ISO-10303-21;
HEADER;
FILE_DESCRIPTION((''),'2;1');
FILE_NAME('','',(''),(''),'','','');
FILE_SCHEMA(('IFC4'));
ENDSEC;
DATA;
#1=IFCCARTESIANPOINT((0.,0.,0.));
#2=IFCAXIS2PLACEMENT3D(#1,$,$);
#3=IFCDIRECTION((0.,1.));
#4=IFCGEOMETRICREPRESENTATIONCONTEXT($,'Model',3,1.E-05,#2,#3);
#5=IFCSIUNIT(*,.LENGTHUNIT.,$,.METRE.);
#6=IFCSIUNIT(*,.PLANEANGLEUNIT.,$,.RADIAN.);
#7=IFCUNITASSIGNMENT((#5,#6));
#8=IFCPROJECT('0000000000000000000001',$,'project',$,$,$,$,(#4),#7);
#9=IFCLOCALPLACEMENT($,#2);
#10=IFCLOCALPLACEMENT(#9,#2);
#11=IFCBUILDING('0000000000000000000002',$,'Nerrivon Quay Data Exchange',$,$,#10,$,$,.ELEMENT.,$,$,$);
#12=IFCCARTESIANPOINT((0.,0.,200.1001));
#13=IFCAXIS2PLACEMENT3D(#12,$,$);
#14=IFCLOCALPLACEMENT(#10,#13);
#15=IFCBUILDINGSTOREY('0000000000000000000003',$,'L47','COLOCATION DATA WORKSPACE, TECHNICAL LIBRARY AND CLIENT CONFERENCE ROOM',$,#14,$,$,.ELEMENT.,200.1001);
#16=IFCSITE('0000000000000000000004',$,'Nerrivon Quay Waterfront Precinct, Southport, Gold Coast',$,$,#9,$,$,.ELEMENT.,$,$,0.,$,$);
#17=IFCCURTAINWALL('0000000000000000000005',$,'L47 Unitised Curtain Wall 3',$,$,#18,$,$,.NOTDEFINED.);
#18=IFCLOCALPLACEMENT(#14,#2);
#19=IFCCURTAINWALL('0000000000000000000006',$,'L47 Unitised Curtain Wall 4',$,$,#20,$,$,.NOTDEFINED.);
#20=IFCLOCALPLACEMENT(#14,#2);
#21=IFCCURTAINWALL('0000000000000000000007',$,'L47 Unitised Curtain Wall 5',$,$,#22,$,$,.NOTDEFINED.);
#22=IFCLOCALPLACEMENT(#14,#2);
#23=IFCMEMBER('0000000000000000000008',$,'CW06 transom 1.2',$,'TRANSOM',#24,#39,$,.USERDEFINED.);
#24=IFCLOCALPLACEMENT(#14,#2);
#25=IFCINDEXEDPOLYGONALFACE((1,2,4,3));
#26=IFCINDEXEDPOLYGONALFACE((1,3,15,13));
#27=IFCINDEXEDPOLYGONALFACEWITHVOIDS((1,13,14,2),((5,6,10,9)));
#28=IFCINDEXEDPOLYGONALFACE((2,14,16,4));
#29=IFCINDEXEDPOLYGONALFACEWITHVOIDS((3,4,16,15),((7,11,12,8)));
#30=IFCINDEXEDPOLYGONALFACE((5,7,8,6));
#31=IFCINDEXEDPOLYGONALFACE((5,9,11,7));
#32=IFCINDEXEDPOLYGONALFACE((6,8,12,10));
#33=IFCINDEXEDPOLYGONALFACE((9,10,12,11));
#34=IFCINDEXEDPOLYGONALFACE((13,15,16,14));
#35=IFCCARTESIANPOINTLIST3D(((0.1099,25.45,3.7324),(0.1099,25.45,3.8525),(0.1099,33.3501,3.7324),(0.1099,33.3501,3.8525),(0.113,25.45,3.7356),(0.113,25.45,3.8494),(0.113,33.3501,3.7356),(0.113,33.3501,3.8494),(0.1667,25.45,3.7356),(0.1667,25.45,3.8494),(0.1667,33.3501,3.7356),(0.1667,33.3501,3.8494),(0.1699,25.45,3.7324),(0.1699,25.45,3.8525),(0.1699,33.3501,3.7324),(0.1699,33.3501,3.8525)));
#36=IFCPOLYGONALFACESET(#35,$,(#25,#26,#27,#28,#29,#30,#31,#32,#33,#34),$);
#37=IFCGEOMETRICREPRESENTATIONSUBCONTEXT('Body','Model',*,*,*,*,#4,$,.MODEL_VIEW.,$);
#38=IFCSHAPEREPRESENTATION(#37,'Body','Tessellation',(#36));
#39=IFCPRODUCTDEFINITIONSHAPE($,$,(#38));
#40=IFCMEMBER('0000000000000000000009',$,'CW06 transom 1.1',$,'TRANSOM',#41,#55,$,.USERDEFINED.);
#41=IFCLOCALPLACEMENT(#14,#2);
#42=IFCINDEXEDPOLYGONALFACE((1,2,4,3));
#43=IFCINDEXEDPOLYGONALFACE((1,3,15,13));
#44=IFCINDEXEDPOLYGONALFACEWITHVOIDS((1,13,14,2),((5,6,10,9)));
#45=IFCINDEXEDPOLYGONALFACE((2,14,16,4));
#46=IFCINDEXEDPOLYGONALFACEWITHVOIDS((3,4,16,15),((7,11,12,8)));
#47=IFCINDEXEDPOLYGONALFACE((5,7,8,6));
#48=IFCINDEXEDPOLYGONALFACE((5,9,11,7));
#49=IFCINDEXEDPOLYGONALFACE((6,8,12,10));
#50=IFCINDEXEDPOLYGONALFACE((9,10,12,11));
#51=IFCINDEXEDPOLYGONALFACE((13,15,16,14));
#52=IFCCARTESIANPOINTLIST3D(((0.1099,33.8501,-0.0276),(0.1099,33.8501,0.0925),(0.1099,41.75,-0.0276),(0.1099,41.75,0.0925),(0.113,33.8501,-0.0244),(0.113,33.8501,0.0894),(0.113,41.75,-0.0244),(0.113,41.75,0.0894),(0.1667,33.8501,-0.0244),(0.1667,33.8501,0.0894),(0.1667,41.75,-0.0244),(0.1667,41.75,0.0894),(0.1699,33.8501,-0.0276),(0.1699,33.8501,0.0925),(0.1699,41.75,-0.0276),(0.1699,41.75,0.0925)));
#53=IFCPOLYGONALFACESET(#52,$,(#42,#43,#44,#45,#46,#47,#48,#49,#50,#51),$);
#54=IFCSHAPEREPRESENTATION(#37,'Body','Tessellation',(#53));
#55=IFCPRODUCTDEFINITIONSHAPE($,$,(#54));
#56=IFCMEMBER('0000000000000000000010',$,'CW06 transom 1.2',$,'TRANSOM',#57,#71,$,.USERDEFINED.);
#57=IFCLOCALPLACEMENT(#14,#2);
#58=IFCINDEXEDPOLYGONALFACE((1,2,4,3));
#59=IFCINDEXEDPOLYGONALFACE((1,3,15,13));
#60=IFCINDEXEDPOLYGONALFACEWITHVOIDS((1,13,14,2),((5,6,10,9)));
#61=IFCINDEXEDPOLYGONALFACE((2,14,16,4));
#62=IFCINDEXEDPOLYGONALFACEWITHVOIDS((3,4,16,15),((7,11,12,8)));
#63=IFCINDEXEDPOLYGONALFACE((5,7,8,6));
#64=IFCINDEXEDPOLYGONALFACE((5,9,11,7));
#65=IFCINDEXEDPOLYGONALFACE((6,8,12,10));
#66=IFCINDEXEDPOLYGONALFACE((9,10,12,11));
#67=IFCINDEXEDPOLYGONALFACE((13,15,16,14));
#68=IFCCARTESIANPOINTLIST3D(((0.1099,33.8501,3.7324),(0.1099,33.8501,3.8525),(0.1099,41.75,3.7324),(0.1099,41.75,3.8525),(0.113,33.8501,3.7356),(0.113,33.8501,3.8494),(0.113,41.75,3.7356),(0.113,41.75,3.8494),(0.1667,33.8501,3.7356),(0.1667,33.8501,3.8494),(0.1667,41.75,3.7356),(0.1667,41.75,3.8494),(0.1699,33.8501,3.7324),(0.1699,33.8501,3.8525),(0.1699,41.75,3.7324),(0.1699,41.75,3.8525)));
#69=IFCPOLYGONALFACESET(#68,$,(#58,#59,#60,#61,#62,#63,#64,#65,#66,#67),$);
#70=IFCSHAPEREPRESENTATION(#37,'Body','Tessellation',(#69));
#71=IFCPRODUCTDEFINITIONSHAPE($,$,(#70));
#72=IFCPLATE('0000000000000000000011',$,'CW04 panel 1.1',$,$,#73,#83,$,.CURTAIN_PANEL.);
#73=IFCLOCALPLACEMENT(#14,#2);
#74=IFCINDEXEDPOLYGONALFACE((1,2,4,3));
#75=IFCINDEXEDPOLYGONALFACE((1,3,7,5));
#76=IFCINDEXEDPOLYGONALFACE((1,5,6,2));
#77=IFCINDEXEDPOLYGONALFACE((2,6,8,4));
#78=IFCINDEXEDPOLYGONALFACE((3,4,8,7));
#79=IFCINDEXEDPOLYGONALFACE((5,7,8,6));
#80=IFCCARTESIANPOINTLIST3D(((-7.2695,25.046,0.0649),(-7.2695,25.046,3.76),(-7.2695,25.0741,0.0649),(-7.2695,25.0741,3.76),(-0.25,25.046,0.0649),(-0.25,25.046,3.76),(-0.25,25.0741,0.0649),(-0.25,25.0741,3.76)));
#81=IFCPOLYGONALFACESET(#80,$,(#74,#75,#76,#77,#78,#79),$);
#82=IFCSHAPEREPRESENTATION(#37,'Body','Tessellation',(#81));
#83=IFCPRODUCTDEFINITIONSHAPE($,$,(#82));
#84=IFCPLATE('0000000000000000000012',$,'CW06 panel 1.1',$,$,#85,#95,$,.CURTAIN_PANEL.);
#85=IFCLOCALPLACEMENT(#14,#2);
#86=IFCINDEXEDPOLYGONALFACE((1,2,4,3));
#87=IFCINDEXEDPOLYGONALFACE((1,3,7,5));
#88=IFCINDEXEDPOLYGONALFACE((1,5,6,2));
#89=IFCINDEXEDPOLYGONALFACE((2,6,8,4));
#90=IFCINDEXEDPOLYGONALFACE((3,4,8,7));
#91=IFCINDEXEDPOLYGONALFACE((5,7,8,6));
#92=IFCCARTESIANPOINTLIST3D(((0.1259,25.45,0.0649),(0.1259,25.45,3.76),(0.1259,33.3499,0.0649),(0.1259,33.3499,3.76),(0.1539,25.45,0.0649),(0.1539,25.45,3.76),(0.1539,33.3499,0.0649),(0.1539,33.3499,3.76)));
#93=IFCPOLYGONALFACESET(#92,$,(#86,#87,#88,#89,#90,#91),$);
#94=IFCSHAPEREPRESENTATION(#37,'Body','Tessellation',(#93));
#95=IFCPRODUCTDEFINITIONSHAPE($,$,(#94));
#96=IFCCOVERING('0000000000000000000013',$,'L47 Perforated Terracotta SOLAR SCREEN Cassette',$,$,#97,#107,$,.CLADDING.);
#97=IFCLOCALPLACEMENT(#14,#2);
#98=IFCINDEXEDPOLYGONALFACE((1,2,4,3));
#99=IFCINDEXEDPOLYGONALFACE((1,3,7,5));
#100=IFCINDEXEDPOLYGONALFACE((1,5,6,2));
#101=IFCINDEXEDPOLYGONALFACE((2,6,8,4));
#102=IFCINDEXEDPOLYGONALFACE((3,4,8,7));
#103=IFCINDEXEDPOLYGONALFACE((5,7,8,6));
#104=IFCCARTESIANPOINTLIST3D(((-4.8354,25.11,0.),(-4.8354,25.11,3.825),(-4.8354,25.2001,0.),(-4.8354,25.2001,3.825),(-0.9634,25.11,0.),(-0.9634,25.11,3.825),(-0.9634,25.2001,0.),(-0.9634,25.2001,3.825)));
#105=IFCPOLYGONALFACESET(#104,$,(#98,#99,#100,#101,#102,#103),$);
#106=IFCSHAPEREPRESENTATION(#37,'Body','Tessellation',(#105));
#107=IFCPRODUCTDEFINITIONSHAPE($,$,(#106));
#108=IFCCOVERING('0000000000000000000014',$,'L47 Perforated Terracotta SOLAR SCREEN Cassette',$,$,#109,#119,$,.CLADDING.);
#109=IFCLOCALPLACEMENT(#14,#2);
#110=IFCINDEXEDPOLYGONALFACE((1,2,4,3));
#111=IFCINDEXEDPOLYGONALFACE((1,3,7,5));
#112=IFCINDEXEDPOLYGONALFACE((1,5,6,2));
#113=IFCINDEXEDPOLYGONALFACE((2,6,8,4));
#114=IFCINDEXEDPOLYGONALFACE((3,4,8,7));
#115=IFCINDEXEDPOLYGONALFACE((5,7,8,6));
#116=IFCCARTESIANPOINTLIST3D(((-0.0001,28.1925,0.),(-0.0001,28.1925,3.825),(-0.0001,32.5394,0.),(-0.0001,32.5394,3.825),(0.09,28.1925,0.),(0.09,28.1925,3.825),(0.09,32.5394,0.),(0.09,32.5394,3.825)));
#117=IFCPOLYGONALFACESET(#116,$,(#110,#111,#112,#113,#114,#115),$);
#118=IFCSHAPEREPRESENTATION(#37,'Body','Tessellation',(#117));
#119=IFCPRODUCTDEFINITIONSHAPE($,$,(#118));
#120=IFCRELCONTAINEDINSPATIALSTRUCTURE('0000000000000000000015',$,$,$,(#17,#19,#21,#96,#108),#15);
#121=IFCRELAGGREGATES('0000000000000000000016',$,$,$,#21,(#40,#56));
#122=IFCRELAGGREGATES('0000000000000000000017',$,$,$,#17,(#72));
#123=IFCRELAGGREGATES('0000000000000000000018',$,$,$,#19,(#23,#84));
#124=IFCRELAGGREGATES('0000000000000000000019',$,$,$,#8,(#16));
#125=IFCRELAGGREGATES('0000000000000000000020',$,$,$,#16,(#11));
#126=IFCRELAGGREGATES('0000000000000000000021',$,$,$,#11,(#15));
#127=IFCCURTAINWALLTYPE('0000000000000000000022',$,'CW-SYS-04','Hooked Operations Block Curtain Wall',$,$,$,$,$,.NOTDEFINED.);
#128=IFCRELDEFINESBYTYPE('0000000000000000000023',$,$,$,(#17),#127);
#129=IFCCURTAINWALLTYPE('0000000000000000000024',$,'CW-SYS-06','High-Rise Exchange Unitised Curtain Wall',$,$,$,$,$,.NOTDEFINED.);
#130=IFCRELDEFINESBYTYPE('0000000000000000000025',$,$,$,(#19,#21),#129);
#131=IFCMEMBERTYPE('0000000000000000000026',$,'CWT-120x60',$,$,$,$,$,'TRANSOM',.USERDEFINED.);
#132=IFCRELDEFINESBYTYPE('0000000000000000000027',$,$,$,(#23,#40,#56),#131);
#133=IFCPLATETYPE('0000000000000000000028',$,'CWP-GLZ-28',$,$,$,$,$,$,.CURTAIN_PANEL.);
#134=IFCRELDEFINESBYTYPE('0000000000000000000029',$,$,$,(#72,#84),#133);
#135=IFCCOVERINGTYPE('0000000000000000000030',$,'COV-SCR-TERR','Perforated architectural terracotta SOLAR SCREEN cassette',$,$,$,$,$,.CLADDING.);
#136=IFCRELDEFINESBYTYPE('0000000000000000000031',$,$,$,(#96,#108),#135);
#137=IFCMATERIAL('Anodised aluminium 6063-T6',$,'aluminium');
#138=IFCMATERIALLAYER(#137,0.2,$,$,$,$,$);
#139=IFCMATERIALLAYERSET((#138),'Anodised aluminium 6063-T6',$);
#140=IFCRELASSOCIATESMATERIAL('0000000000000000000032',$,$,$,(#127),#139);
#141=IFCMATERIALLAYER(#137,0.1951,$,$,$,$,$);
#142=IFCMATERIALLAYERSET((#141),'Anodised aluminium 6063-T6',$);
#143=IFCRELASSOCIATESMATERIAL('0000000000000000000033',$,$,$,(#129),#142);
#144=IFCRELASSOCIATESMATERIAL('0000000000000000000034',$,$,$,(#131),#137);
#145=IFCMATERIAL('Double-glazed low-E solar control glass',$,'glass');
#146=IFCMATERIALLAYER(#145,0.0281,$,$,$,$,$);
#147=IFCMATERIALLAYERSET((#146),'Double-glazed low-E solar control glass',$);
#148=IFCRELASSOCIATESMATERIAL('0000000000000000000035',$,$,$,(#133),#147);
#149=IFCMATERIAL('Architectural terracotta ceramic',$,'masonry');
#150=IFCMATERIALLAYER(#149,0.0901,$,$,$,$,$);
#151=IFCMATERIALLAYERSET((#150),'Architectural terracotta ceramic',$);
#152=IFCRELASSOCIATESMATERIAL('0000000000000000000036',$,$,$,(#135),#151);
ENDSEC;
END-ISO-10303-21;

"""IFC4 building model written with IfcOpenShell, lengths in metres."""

from ifc_helpers import new_model, si_unit, direction, frame, origin, origin_2d, place, context, subcontext, project, spatial, rectangle, hollow_rectangle, extrude, material, layer, layer_set, material_profile, profile_set, type_object, element, aggregate, save


model = new_model("IFC4")

# Units and contexts
model_context = context("Model", 3, precision=1e-05, world=origin(), true_north=direction((0.0, 1.0)))
body_context = subcontext(model_context, "Body", "Model", "MODEL_VIEW")
ifc_project = project(units=[si_unit("LENGTHUNIT", "METRE"), si_unit("PLANEANGLEUNIT", "RADIAN")], contexts=[model_context])

# Site, building, storey
site_placement = place(None, origin())
site = spatial("IfcSite", under=ifc_project, at=site_placement, Name="Nerrivon Quay Waterfront Precinct, Southport, Gold Coast", CompositionType="ELEMENT", RefElevation=0.0)
building_placement = place(site_placement, origin())
building = spatial("IfcBuilding", under=site, at=building_placement, Name="Nerrivon Quay Data Exchange", CompositionType="ELEMENT")
storey_placement = place(building_placement, frame((0.0, 0.0, 200.1001)))
storey = spatial("IfcBuildingStorey", under=building, at=storey_placement, Name="L47", Description="COLOCATION DATA WORKSPACE, TECHNICAL LIBRARY AND CLIENT CONFERENCE ROOM", CompositionType="ELEMENT", Elevation=200.1001)

# Curtain walls
ifc_material_1 = material(Name="Anodised aluminium 6063-T6", Category="aluminium")
ifc_layer_1 = layer(ifc_material_1, 0.2)
ifc_layer_set_1 = layer_set([ifc_layer_1], Name="Anodised aluminium 6063-T6")
curtain_wall_type_1 = type_object("IfcCurtainWallType", Name="CW-SYS-04", Description="Hooked Operations Block Curtain Wall", PredefinedType="NOTDEFINED", material=ifc_layer_set_1)
curtain_wall_1_placement = place(storey_placement, origin())
curtain_wall_1 = element("IfcCurtainWall", 1, at=curtain_wall_1_placement, inside=storey, type_object=curtain_wall_type_1, Name="L47 Unitised Curtain Wall 3", PredefinedType="NOTDEFINED")
ifc_layer_2 = layer(ifc_material_1, 0.1951)
ifc_layer_set_2 = layer_set([ifc_layer_2], Name="Anodised aluminium 6063-T6")
curtain_wall_type_2 = type_object("IfcCurtainWallType", Name="CW-SYS-06", Description="High-Rise Exchange Unitised Curtain Wall", PredefinedType="NOTDEFINED", material=ifc_layer_set_2)
curtain_wall_2_placement = place(storey_placement, origin())
curtain_wall_2 = element("IfcCurtainWall", 2, at=curtain_wall_2_placement, inside=storey, type_object=curtain_wall_type_2, Name="L47 Unitised Curtain Wall 4", PredefinedType="NOTDEFINED")

# Curtain wall
curtain_wall_3_placement = place(storey_placement, origin())
curtain_wall_3 = element("IfcCurtainWall", 3, at=curtain_wall_3_placement, inside=storey, type_object=curtain_wall_type_2, Name="L47 Unitised Curtain Wall 5", PredefinedType="NOTDEFINED")

# Members
ifc_material_profile_1 = material_profile(ifc_material_1, hollow_rectangle(XDim=0.0601, YDim=0.1201, WallThickness=0.0032, at=origin_2d()), Name="ALU-TRAN-120x60")
ifc_profile_set_1 = profile_set([ifc_material_profile_1], Name="Anodised aluminium 6063-T6")
member_type_1 = type_object("IfcMemberType", Name="CWT-120x60", ElementType="TRANSOM", PredefinedType="USERDEFINED", material=ifc_profile_set_1)
member_1_placement = place(storey_placement, frame((0.1399, 25.45, 3.7925), z_axis=(0.0, 1.0, 0.0), x_axis=(-1.0, 0.0, 0.0)))
member_1 = element("IfcMember", 4, at=member_1_placement, type_object=member_type_1, Name="CW06 transom 1.2", ObjectType="TRANSOM", PredefinedType="USERDEFINED", context=body_context, shape_type="SweptSolid", body=[
    extrude(hollow_rectangle(XDim=0.0601, YDim=0.1201, WallThickness=0.0032, at=origin_2d()), origin(), (0.0, 0.0, 1.0), 7.9001),
])
member_2_placement = place(storey_placement, frame((0.1399, 33.8501, 0.0325), z_axis=(0.0, 1.0, 0.0), x_axis=(-1.0, 0.0, 0.0)))
member_2 = element("IfcMember", 5, at=member_2_placement, type_object=member_type_1, Name="CW06 transom 1.1", ObjectType="TRANSOM", PredefinedType="USERDEFINED", context=body_context, shape_type="SweptSolid", body=[
    extrude(hollow_rectangle(XDim=0.0601, YDim=0.1201, WallThickness=0.0032, at=origin_2d()), origin(), (0.0, 0.0, 1.0), 7.8999),
])
member_3_placement = place(storey_placement, frame((0.1399, 33.8501, 3.7925), z_axis=(0.0, 1.0, 0.0), x_axis=(-1.0, 0.0, 0.0)))
member_3 = element("IfcMember", 6, at=member_3_placement, type_object=member_type_1, Name="CW06 transom 1.2", ObjectType="TRANSOM", PredefinedType="USERDEFINED", context=body_context, shape_type="SweptSolid", body=[
    extrude(hollow_rectangle(XDim=0.0601, YDim=0.1201, WallThickness=0.0032, at=origin_2d()), origin(), (0.0, 0.0, 1.0), 7.8999),
])
aggregate(curtain_wall_3, [member_2, member_3])

# Plates
ifc_material_2 = material(Name="Double-glazed low-E solar control glass", Category="glass")
ifc_layer_3 = layer(ifc_material_2, 0.0281)
ifc_layer_set_3 = layer_set([ifc_layer_3], Name="Double-glazed low-E solar control glass")
plate_type = type_object("IfcPlateType", Name="CWP-GLZ-28", PredefinedType="CURTAIN_PANEL", material=ifc_layer_set_3)
plate_1_placement = place(storey_placement, frame((-3.7598, 25.0601, 0.0649), z_axis=(0.0, 0.0, 1.0), x_axis=(1.0, 0.0, 0.0)))
plate_1 = element("IfcPlate", 7, at=plate_1_placement, type_object=plate_type, Name="CW04 panel 1.1", PredefinedType="CURTAIN_PANEL", context=body_context, shape_type="SweptSolid", body=[
    extrude(rectangle(XDim=7.0195, YDim=0.0281, at=origin_2d()), origin(), (0.0, 0.0, 1.0), 3.6951),
])
aggregate(curtain_wall_1, [plate_1])
plate_2_placement = place(storey_placement, frame((0.1399, 29.3999, 0.0649), z_axis=(0.0, 0.0, 1.0), x_axis=(0.0, 1.0, 0.0)))
plate_2 = element("IfcPlate", 8, at=plate_2_placement, type_object=plate_type, Name="CW06 panel 1.1", PredefinedType="CURTAIN_PANEL", context=body_context, shape_type="SweptSolid", body=[
    extrude(rectangle(XDim=7.8999, YDim=0.0281, at=origin_2d()), origin(), (0.0, 0.0, 1.0), 3.6951),
])
aggregate(curtain_wall_2, [member_1, plate_2])

# Coverings
ifc_material_3 = material(Name="Architectural terracotta ceramic", Category="masonry")
ifc_layer_4 = layer(ifc_material_3, 0.0901)
ifc_layer_set_4 = layer_set([ifc_layer_4], Name="Architectural terracotta ceramic")
covering_type = type_object("IfcCoveringType", Name="COV-SCR-TERR", Description="Perforated architectural terracotta SOLAR SCREEN cassette", PredefinedType="CLADDING", material=ifc_layer_set_4)
covering_1_placement = place(storey_placement, frame((-2.8994, 25.155, 0.0), z_axis=(0.0, 0.0, 1.0), x_axis=(1.0, 0.0, 0.0)))
element("IfcCovering", 9, at=covering_1_placement, inside=storey, type_object=covering_type, Name="L47 Perforated Terracotta SOLAR SCREEN Cassette", PredefinedType="CLADDING", context=body_context, shape_type="SweptSolid", body=[
    extrude(rectangle(XDim=3.8721, YDim=0.0901, at=origin_2d()), origin(), (0.0, 0.0, 1.0), 3.825),
])
covering_2_placement = place(storey_placement, frame((0.0449, 30.366, 0.0), z_axis=(0.0, 0.0, 1.0), x_axis=(0.0, 1.0, 0.0)))
element("IfcCovering", 10, at=covering_2_placement, inside=storey, type_object=covering_type, Name="L47 Perforated Terracotta SOLAR SCREEN Cassette", PredefinedType="CLADDING", context=body_context, shape_type="SweptSolid", body=[
    extrude(rectangle(XDim=4.3469, YDim=0.0901, at=origin_2d()), origin(), (0.0, 0.0, 1.0), 3.825),
])

save(model, "model.ifc")
